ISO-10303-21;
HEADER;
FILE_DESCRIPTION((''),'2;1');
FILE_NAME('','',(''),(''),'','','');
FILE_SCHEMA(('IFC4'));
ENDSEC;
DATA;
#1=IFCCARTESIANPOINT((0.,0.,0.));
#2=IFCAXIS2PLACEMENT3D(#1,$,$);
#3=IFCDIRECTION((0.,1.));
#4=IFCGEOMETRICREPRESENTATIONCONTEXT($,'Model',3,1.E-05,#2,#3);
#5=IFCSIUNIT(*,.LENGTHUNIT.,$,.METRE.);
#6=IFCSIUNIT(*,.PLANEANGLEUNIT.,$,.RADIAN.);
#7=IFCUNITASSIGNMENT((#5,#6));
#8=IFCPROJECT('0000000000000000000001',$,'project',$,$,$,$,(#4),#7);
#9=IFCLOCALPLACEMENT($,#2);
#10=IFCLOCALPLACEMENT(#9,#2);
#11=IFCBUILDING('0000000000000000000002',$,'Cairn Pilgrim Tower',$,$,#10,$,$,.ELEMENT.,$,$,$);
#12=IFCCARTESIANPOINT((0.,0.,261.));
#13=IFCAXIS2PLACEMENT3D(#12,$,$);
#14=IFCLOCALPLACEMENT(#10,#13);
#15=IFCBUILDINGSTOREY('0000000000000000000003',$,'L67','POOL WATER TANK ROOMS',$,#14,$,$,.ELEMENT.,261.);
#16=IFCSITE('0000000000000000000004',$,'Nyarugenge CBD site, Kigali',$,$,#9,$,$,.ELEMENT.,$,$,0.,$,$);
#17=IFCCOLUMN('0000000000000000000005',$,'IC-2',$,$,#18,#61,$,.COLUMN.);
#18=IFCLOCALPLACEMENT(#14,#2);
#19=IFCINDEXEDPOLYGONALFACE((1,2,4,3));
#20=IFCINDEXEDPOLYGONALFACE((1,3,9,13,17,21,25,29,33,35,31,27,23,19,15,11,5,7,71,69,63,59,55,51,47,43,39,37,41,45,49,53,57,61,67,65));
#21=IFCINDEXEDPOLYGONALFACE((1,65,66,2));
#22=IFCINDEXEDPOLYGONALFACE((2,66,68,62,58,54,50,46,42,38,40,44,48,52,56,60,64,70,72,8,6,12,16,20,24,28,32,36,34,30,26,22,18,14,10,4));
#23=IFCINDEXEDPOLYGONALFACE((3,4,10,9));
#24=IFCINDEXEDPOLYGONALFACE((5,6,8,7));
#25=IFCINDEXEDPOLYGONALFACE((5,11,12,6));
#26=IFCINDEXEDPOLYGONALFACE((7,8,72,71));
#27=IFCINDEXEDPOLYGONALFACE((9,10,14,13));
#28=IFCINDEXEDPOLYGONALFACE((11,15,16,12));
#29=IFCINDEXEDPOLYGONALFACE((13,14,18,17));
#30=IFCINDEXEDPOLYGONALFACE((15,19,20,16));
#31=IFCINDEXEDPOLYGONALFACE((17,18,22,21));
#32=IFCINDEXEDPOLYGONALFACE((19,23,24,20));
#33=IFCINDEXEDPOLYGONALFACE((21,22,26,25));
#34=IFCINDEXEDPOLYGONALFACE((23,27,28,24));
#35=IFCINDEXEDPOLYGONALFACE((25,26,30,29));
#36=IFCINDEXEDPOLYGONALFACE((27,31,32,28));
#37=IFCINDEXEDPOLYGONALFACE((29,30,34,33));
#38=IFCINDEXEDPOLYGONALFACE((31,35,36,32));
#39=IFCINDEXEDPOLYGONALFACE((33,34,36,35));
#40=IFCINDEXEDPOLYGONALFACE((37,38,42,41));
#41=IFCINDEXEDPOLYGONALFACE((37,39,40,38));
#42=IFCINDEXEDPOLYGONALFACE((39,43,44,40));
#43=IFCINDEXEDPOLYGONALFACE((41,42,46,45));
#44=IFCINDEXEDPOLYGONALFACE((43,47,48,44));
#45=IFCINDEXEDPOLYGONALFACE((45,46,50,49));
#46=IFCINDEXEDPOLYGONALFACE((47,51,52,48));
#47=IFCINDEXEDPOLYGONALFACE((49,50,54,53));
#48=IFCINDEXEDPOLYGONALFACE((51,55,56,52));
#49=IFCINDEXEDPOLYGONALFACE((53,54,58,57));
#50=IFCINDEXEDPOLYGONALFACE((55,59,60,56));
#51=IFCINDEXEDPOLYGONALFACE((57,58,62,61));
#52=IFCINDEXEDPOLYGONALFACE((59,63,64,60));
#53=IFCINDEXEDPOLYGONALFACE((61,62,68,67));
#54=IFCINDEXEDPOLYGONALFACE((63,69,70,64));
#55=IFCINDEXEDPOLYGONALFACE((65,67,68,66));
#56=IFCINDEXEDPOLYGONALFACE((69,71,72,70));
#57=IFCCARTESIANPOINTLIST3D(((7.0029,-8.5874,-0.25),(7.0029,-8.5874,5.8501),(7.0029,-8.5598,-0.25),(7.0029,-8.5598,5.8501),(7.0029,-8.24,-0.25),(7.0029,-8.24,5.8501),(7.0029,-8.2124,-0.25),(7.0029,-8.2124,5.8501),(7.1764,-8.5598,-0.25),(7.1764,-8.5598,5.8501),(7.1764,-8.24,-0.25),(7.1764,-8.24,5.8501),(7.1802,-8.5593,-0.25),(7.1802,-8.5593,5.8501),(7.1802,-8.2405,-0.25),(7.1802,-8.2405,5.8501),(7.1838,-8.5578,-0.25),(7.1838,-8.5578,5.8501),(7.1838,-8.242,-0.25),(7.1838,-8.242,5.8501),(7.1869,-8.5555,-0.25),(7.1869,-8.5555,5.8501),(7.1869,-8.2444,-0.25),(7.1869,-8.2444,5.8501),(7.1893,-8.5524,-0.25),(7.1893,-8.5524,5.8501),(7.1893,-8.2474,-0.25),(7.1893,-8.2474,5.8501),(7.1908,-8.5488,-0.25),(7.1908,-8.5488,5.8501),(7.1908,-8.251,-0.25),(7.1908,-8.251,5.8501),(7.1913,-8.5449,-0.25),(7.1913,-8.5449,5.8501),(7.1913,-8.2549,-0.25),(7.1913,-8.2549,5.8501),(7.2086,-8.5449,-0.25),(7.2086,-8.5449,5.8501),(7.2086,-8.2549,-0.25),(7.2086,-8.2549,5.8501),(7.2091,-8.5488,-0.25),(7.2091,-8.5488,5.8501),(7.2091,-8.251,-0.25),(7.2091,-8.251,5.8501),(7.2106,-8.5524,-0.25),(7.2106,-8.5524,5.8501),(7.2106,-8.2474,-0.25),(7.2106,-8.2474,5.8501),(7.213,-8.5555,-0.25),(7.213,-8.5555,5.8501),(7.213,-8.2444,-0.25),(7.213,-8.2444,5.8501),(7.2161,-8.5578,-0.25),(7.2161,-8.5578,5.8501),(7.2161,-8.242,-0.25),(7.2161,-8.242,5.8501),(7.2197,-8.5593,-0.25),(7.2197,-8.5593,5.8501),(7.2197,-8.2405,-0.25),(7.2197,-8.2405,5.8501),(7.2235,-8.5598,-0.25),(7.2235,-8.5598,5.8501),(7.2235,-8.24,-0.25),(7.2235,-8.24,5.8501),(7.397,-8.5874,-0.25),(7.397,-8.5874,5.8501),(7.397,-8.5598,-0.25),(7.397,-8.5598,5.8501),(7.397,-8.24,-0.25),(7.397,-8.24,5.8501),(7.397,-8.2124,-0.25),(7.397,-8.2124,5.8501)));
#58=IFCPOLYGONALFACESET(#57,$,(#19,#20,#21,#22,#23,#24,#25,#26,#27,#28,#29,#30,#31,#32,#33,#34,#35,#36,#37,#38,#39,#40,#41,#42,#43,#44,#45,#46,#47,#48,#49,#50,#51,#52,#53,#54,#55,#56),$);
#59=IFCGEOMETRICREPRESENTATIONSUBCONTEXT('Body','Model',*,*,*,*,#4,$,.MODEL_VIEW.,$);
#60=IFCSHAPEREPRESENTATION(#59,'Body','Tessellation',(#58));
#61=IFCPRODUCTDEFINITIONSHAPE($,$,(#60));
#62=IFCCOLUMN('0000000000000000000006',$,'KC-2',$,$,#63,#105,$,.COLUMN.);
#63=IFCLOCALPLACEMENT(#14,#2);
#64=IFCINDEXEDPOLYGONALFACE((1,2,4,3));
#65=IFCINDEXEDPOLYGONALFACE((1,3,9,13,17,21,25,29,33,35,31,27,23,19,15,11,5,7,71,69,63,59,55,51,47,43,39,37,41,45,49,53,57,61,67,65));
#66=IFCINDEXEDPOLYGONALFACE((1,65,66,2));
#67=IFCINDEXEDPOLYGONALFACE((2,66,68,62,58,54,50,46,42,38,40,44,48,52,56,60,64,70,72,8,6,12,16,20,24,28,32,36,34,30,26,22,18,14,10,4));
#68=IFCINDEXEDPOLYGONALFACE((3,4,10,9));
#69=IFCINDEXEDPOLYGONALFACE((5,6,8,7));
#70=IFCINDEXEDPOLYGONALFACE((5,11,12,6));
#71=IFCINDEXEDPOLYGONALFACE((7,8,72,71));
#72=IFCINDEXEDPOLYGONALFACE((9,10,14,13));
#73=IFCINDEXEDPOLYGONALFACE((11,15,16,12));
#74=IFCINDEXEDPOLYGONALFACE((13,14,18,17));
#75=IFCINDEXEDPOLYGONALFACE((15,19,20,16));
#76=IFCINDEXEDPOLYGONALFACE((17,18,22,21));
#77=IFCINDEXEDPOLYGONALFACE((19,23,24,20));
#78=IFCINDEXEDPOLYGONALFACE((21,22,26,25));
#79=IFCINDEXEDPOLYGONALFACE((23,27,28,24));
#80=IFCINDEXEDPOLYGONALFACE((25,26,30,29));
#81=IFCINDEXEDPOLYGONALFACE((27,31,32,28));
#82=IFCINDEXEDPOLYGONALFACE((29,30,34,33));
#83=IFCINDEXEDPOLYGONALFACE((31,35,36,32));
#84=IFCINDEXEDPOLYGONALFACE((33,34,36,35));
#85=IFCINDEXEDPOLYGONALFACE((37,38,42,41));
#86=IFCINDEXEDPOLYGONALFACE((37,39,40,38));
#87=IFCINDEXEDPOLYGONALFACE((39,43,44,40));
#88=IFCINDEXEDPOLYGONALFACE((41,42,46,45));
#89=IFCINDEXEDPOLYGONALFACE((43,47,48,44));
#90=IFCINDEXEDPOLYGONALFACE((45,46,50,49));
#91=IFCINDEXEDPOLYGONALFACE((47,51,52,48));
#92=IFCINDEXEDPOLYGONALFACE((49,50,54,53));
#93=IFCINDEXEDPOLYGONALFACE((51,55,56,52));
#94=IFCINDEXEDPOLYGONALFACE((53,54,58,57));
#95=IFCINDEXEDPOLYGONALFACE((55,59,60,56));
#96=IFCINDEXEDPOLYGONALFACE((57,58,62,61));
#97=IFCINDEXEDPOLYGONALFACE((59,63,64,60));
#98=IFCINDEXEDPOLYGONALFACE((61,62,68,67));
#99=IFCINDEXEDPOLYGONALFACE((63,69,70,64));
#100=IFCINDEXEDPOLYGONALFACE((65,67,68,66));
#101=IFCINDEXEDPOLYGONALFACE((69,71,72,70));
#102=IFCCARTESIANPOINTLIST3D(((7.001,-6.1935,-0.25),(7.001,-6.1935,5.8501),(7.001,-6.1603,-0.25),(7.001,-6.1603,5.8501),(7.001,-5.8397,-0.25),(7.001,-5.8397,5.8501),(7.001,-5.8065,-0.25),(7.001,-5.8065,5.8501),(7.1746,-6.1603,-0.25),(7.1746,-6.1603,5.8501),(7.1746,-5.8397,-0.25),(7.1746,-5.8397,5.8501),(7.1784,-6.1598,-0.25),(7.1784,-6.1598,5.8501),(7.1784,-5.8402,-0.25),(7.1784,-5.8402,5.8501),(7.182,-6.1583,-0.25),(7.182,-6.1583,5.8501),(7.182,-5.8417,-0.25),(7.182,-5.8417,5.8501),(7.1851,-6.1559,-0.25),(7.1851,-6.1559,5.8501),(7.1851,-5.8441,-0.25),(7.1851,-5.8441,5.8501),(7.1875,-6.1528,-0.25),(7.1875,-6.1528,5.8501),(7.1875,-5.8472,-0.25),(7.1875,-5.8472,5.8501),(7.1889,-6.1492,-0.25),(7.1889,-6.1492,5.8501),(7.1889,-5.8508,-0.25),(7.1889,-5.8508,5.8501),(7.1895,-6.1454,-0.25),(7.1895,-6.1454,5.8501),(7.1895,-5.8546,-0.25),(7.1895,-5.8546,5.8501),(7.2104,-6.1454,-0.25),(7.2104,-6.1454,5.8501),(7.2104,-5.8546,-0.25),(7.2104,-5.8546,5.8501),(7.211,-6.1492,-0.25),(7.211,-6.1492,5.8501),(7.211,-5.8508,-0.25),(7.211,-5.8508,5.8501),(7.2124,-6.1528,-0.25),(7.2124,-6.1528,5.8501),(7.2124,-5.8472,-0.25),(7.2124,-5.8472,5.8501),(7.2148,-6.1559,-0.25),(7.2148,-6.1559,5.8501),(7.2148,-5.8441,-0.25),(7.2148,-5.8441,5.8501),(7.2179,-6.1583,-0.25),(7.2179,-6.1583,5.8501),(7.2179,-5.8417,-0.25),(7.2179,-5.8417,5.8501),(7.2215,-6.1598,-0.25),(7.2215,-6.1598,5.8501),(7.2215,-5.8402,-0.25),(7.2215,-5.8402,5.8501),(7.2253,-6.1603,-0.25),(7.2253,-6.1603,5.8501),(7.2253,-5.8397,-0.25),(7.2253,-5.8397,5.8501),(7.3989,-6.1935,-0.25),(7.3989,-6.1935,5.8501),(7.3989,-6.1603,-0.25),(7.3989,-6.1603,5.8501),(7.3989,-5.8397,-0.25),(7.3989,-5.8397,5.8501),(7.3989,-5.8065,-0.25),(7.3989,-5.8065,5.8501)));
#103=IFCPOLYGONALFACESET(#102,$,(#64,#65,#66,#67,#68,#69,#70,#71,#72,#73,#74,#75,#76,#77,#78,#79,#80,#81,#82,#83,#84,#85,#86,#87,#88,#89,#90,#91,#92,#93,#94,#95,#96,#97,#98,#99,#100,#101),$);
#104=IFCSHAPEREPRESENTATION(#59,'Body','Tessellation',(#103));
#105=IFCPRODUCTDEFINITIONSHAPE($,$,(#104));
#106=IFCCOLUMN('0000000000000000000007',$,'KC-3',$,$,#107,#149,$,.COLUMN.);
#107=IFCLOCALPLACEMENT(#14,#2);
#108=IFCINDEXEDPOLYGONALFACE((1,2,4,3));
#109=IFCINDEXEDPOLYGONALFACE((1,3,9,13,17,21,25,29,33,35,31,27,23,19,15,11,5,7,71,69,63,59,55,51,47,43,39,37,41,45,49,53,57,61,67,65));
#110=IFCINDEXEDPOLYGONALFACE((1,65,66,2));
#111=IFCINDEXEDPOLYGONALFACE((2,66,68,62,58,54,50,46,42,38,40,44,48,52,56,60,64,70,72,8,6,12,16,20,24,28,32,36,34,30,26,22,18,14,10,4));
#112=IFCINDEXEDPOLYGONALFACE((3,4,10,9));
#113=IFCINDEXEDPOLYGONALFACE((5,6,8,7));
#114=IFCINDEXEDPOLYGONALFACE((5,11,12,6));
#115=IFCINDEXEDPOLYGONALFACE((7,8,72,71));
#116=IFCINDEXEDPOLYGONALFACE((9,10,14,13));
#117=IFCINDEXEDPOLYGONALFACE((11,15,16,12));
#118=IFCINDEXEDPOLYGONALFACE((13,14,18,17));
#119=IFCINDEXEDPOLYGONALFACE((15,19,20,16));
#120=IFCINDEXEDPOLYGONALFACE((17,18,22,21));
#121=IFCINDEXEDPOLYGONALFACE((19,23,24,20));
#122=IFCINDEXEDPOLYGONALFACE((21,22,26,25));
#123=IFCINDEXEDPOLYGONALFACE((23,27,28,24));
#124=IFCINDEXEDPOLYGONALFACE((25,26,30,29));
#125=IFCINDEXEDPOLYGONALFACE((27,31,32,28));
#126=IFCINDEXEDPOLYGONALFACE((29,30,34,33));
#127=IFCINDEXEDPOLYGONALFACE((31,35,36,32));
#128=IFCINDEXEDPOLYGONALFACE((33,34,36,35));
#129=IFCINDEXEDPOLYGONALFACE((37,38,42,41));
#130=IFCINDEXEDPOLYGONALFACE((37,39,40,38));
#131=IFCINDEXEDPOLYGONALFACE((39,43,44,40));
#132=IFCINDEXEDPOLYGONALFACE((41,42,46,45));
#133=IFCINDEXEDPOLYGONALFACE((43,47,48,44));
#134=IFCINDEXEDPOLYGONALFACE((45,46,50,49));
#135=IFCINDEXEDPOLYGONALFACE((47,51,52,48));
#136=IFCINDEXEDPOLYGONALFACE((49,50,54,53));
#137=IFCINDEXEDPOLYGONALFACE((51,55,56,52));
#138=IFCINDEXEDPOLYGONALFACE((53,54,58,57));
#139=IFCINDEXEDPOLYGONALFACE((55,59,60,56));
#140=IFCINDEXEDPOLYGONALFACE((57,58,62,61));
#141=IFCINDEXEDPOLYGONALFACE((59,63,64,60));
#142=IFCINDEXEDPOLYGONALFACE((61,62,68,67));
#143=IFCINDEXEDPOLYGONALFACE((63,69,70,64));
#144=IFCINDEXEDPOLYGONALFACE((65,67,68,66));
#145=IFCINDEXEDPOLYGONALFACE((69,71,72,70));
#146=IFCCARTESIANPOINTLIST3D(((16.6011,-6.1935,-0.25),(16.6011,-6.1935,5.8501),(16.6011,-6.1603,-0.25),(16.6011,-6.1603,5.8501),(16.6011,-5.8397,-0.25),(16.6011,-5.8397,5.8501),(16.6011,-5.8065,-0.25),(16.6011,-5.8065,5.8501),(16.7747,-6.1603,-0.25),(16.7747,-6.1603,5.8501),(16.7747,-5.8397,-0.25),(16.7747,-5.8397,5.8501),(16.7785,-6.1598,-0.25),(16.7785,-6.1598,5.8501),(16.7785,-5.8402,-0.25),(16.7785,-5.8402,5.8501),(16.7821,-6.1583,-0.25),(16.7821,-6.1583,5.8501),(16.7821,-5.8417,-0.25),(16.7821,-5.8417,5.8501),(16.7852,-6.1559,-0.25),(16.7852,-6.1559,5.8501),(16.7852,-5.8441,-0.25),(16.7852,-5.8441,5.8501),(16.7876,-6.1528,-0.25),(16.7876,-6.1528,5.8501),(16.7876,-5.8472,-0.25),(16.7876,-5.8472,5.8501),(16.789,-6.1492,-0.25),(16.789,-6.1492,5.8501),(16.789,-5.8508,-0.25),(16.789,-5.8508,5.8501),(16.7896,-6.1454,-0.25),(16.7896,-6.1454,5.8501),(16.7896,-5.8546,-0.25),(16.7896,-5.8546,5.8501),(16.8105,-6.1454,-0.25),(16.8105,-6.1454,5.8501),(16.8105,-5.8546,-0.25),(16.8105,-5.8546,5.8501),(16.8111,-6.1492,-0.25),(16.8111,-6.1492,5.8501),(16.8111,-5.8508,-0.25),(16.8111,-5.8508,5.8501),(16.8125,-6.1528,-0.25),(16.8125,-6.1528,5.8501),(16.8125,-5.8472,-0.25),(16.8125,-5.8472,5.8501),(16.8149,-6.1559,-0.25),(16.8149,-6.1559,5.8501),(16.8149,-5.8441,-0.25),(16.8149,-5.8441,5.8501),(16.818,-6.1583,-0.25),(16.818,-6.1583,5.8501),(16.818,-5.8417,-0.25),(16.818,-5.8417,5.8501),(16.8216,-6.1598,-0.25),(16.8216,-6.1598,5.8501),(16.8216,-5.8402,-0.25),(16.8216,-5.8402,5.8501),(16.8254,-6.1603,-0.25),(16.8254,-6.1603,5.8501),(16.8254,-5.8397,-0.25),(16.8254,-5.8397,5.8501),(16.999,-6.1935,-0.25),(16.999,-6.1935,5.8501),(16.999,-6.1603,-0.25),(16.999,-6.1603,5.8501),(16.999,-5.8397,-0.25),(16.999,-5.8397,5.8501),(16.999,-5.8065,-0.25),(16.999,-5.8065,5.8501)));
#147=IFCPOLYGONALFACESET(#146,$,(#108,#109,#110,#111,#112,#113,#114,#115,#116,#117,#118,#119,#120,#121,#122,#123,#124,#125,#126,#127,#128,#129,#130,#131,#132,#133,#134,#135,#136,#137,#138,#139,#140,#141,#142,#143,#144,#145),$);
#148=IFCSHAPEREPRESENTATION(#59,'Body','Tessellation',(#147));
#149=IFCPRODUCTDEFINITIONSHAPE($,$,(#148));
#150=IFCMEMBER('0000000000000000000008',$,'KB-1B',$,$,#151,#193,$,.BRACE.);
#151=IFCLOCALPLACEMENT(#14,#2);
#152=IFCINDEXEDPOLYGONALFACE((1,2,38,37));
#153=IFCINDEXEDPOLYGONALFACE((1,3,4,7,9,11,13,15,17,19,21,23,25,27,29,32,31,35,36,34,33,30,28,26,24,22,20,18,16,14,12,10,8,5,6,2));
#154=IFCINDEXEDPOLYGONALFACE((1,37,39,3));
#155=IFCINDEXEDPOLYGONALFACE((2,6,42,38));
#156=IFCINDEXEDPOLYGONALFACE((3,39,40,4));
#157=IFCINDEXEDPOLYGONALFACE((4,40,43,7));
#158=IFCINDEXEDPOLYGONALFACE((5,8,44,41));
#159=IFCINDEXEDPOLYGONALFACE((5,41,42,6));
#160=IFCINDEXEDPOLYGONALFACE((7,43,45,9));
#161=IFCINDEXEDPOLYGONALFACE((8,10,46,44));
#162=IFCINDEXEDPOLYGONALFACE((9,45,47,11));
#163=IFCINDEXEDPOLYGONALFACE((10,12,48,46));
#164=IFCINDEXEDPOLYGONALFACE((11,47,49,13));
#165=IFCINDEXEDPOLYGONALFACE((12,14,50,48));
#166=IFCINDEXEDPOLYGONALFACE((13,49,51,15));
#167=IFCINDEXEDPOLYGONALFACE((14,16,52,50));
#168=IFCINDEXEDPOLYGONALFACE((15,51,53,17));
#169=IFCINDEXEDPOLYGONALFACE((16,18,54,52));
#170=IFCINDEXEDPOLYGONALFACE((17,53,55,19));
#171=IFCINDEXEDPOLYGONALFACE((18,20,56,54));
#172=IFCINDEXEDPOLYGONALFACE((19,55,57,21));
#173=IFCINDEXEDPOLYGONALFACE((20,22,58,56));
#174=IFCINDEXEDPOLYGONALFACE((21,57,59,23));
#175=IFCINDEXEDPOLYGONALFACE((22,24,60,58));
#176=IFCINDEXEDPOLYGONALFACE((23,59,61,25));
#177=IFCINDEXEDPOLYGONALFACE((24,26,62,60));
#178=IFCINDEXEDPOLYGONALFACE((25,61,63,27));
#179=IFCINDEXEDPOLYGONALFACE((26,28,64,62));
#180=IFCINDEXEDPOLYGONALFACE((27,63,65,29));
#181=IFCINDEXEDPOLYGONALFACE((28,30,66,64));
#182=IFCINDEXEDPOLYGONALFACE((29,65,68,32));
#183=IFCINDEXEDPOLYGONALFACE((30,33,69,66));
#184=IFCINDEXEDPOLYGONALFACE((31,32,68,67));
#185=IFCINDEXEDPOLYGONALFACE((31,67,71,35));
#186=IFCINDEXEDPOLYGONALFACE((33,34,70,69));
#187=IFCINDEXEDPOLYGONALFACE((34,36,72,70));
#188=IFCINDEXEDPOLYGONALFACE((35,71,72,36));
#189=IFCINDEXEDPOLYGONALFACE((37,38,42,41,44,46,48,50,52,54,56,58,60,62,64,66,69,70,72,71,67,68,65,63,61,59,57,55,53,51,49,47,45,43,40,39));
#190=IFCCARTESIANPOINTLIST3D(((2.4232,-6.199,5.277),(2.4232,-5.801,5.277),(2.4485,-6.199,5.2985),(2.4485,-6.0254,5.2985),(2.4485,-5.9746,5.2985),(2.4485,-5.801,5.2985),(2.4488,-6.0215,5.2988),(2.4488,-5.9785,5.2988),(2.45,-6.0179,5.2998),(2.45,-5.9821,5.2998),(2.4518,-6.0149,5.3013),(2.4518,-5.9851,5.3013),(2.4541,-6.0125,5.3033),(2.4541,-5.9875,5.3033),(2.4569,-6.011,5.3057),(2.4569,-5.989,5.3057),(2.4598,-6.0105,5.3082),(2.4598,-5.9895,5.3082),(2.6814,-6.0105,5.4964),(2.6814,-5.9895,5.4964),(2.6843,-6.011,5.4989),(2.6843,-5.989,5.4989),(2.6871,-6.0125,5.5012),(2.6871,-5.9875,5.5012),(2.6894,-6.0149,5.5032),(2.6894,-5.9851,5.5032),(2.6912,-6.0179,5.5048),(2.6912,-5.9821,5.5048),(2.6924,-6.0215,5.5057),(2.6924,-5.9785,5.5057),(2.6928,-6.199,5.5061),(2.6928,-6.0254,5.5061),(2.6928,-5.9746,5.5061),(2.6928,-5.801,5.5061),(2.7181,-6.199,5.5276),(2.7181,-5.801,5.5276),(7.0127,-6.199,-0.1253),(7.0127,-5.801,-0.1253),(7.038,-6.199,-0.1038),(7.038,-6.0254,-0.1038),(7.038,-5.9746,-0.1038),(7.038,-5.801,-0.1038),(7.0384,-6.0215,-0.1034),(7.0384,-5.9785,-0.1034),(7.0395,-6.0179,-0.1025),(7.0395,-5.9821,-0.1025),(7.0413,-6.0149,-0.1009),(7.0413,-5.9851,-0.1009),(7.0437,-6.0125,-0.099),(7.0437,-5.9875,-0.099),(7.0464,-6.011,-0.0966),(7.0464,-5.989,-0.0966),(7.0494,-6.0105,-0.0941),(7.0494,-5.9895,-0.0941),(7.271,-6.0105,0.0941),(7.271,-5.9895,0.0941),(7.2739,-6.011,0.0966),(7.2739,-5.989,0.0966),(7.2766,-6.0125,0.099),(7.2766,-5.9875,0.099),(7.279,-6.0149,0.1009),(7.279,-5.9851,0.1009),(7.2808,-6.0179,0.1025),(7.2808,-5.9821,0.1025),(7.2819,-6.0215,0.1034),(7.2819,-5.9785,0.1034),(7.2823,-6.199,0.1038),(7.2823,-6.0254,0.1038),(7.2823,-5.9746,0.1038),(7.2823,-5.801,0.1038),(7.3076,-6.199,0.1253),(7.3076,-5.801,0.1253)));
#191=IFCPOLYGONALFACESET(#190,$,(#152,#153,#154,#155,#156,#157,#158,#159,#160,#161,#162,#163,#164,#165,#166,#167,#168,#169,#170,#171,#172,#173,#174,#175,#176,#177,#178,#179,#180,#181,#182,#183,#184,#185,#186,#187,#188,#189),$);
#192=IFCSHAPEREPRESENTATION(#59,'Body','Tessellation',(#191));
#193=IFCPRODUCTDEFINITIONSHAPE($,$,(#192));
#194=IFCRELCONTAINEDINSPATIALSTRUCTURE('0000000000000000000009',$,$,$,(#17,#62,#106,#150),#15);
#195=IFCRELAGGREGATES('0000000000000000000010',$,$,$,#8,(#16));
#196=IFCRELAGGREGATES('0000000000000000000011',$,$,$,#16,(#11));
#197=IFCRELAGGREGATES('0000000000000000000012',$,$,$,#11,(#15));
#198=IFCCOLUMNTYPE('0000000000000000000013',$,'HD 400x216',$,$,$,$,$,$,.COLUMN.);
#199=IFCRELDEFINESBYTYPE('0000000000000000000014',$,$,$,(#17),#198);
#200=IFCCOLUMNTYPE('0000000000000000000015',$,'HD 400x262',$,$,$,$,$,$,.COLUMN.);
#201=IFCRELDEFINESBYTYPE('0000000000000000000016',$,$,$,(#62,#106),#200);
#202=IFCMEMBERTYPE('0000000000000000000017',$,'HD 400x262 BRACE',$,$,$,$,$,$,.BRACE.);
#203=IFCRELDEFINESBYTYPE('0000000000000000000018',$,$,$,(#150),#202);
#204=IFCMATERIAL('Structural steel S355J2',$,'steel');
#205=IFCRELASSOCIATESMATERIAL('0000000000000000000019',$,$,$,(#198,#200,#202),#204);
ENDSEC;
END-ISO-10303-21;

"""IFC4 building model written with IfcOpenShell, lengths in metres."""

from ifc_helpers import new_model, si_unit, direction, frame, origin, origin_2d, place, context, subcontext, project, spatial, i_section, extrude, material, material_profile, profile_set, type_object, element, save


model = new_model("IFC4")

# Units and contexts
model_context = context("Model", 3, precision=1e-05, world=origin(), true_north=direction((0.0, 1.0)))
body_context = subcontext(model_context, "Body", "Model", "MODEL_VIEW")
ifc_project = project(units=[si_unit("LENGTHUNIT", "METRE"), si_unit("PLANEANGLEUNIT", "RADIAN")], contexts=[model_context])

# Site, building, storey
site_placement = place(None, origin())
site = spatial("IfcSite", under=ifc_project, at=site_placement, Name="Nyarugenge CBD site, Kigali", CompositionType="ELEMENT", RefElevation=0.0)
building_placement = place(site_placement, origin())
building = spatial("IfcBuilding", under=site, at=building_placement, Name="Cairn Pilgrim Tower", CompositionType="ELEMENT")
storey_placement = place(building_placement, frame((0.0, 0.0, 261.0)))
storey = spatial("IfcBuildingStorey", under=building, at=storey_placement, Name="L67", Description="POOL WATER TANK ROOMS", CompositionType="ELEMENT", Elevation=261.0)

# Columns
ifc_material_1 = material(Name="Structural steel S355J2", Category="steel")
ifc_material_profile_1 = material_profile(ifc_material_1, i_section(OverallWidth=0.394, OverallDepth=0.375, WebThickness=0.0173, FlangeThickness=0.0276, FilletRadius=0.0149, at=origin_2d()), Name="HD 400x216")
ifc_profile_set_1 = profile_set([ifc_material_profile_1], Name="Structural steel S355J2")
column_type_1 = type_object("IfcColumnType", Name="HD 400x216", PredefinedType="COLUMN", material=ifc_profile_set_1)
column_placement = place(storey_placement, frame((7.2, -8.3999, -0.25), z_axis=(0.0, 0.0, 1.0), x_axis=(1.0, 0.0, 0.0)))
element("IfcColumn", 1, at=column_placement, inside=storey, type_object=column_type_1, Name="IC-2", PredefinedType="COLUMN", context=body_context, shape_type="SweptSolid", body=[
    extrude(i_section(OverallWidth=0.394, OverallDepth=0.375, WebThickness=0.0173, FlangeThickness=0.0276, FilletRadius=0.0149, at=origin_2d()), origin(), (0.0, 0.0, 1.0), 6.1001),
])
ifc_material_profile_2 = material_profile(ifc_material_1, i_section(OverallWidth=0.3979, OverallDepth=0.387, WebThickness=0.021, FlangeThickness=0.0332, FilletRadius=0.0149, at=origin_2d()), Name="HD 400x262")
ifc_profile_set_2 = profile_set([ifc_material_profile_2], Name="Structural steel S355J2")
column_type_2 = type_object("IfcColumnType", Name="HD 400x262", PredefinedType="COLUMN", material=ifc_profile_set_2)
for number, where, z_axis, x_axis, name in (
    (2, (7.2, -6.0, -0.25), (0.0, 0.0, 1.0), (1.0, 0.0, 0.0), "KC-2"),
    (3, (16.8, -6.0, -0.25), (0.0, 0.0, 1.0), (1.0, 0.0, 0.0), "KC-3"),
):
    element("IfcColumn", number, at=place(storey_placement, frame(where, z_axis=z_axis, x_axis=x_axis)), inside=storey, type_object=column_type_2, Name=name, PredefinedType="COLUMN", context=body_context, shape_type="SweptSolid", body=[
        extrude(i_section(OverallWidth=0.3979, OverallDepth=0.387, WebThickness=0.021, FlangeThickness=0.0332, FilletRadius=0.0149, at=origin_2d()), origin(), (0.0, 0.0, 1.0), 6.1001),
    ])

# Member
ifc_material_profile_3 = material_profile(ifc_material_1, i_section(OverallWidth=0.3979, OverallDepth=0.387, WebThickness=0.021, FlangeThickness=0.0332, FilletRadius=0.0149, at=origin_2d()), Name="HD 400x262")
ifc_profile_set_3 = profile_set([ifc_material_profile_3], Name="Structural steel S355J2")
member_type = type_object("IfcMemberType", Name="HD 400x262 BRACE", PredefinedType="BRACE", material=ifc_profile_set_3)
member_1_placement = place(storey_placement, frame((7.1602, -6.0, 0.0), z_axis=(-0.647452, 0.0, 0.762106), x_axis=(0.0, -1.0, 0.0)))
element("IfcMember", 4, at=member_1_placement, inside=storey, type_object=member_type, Name="KB-1B", PredefinedType="BRACE", context=body_context, shape_type="SweptSolid", body=[
    extrude(i_section(OverallWidth=0.3979, OverallDepth=0.387, WebThickness=0.021, FlangeThickness=0.0332, FilletRadius=0.0149, at=origin_2d()), origin(), (0.0, 0.0, 1.0), 7.0886),
])

save(model, "model.ifc")
